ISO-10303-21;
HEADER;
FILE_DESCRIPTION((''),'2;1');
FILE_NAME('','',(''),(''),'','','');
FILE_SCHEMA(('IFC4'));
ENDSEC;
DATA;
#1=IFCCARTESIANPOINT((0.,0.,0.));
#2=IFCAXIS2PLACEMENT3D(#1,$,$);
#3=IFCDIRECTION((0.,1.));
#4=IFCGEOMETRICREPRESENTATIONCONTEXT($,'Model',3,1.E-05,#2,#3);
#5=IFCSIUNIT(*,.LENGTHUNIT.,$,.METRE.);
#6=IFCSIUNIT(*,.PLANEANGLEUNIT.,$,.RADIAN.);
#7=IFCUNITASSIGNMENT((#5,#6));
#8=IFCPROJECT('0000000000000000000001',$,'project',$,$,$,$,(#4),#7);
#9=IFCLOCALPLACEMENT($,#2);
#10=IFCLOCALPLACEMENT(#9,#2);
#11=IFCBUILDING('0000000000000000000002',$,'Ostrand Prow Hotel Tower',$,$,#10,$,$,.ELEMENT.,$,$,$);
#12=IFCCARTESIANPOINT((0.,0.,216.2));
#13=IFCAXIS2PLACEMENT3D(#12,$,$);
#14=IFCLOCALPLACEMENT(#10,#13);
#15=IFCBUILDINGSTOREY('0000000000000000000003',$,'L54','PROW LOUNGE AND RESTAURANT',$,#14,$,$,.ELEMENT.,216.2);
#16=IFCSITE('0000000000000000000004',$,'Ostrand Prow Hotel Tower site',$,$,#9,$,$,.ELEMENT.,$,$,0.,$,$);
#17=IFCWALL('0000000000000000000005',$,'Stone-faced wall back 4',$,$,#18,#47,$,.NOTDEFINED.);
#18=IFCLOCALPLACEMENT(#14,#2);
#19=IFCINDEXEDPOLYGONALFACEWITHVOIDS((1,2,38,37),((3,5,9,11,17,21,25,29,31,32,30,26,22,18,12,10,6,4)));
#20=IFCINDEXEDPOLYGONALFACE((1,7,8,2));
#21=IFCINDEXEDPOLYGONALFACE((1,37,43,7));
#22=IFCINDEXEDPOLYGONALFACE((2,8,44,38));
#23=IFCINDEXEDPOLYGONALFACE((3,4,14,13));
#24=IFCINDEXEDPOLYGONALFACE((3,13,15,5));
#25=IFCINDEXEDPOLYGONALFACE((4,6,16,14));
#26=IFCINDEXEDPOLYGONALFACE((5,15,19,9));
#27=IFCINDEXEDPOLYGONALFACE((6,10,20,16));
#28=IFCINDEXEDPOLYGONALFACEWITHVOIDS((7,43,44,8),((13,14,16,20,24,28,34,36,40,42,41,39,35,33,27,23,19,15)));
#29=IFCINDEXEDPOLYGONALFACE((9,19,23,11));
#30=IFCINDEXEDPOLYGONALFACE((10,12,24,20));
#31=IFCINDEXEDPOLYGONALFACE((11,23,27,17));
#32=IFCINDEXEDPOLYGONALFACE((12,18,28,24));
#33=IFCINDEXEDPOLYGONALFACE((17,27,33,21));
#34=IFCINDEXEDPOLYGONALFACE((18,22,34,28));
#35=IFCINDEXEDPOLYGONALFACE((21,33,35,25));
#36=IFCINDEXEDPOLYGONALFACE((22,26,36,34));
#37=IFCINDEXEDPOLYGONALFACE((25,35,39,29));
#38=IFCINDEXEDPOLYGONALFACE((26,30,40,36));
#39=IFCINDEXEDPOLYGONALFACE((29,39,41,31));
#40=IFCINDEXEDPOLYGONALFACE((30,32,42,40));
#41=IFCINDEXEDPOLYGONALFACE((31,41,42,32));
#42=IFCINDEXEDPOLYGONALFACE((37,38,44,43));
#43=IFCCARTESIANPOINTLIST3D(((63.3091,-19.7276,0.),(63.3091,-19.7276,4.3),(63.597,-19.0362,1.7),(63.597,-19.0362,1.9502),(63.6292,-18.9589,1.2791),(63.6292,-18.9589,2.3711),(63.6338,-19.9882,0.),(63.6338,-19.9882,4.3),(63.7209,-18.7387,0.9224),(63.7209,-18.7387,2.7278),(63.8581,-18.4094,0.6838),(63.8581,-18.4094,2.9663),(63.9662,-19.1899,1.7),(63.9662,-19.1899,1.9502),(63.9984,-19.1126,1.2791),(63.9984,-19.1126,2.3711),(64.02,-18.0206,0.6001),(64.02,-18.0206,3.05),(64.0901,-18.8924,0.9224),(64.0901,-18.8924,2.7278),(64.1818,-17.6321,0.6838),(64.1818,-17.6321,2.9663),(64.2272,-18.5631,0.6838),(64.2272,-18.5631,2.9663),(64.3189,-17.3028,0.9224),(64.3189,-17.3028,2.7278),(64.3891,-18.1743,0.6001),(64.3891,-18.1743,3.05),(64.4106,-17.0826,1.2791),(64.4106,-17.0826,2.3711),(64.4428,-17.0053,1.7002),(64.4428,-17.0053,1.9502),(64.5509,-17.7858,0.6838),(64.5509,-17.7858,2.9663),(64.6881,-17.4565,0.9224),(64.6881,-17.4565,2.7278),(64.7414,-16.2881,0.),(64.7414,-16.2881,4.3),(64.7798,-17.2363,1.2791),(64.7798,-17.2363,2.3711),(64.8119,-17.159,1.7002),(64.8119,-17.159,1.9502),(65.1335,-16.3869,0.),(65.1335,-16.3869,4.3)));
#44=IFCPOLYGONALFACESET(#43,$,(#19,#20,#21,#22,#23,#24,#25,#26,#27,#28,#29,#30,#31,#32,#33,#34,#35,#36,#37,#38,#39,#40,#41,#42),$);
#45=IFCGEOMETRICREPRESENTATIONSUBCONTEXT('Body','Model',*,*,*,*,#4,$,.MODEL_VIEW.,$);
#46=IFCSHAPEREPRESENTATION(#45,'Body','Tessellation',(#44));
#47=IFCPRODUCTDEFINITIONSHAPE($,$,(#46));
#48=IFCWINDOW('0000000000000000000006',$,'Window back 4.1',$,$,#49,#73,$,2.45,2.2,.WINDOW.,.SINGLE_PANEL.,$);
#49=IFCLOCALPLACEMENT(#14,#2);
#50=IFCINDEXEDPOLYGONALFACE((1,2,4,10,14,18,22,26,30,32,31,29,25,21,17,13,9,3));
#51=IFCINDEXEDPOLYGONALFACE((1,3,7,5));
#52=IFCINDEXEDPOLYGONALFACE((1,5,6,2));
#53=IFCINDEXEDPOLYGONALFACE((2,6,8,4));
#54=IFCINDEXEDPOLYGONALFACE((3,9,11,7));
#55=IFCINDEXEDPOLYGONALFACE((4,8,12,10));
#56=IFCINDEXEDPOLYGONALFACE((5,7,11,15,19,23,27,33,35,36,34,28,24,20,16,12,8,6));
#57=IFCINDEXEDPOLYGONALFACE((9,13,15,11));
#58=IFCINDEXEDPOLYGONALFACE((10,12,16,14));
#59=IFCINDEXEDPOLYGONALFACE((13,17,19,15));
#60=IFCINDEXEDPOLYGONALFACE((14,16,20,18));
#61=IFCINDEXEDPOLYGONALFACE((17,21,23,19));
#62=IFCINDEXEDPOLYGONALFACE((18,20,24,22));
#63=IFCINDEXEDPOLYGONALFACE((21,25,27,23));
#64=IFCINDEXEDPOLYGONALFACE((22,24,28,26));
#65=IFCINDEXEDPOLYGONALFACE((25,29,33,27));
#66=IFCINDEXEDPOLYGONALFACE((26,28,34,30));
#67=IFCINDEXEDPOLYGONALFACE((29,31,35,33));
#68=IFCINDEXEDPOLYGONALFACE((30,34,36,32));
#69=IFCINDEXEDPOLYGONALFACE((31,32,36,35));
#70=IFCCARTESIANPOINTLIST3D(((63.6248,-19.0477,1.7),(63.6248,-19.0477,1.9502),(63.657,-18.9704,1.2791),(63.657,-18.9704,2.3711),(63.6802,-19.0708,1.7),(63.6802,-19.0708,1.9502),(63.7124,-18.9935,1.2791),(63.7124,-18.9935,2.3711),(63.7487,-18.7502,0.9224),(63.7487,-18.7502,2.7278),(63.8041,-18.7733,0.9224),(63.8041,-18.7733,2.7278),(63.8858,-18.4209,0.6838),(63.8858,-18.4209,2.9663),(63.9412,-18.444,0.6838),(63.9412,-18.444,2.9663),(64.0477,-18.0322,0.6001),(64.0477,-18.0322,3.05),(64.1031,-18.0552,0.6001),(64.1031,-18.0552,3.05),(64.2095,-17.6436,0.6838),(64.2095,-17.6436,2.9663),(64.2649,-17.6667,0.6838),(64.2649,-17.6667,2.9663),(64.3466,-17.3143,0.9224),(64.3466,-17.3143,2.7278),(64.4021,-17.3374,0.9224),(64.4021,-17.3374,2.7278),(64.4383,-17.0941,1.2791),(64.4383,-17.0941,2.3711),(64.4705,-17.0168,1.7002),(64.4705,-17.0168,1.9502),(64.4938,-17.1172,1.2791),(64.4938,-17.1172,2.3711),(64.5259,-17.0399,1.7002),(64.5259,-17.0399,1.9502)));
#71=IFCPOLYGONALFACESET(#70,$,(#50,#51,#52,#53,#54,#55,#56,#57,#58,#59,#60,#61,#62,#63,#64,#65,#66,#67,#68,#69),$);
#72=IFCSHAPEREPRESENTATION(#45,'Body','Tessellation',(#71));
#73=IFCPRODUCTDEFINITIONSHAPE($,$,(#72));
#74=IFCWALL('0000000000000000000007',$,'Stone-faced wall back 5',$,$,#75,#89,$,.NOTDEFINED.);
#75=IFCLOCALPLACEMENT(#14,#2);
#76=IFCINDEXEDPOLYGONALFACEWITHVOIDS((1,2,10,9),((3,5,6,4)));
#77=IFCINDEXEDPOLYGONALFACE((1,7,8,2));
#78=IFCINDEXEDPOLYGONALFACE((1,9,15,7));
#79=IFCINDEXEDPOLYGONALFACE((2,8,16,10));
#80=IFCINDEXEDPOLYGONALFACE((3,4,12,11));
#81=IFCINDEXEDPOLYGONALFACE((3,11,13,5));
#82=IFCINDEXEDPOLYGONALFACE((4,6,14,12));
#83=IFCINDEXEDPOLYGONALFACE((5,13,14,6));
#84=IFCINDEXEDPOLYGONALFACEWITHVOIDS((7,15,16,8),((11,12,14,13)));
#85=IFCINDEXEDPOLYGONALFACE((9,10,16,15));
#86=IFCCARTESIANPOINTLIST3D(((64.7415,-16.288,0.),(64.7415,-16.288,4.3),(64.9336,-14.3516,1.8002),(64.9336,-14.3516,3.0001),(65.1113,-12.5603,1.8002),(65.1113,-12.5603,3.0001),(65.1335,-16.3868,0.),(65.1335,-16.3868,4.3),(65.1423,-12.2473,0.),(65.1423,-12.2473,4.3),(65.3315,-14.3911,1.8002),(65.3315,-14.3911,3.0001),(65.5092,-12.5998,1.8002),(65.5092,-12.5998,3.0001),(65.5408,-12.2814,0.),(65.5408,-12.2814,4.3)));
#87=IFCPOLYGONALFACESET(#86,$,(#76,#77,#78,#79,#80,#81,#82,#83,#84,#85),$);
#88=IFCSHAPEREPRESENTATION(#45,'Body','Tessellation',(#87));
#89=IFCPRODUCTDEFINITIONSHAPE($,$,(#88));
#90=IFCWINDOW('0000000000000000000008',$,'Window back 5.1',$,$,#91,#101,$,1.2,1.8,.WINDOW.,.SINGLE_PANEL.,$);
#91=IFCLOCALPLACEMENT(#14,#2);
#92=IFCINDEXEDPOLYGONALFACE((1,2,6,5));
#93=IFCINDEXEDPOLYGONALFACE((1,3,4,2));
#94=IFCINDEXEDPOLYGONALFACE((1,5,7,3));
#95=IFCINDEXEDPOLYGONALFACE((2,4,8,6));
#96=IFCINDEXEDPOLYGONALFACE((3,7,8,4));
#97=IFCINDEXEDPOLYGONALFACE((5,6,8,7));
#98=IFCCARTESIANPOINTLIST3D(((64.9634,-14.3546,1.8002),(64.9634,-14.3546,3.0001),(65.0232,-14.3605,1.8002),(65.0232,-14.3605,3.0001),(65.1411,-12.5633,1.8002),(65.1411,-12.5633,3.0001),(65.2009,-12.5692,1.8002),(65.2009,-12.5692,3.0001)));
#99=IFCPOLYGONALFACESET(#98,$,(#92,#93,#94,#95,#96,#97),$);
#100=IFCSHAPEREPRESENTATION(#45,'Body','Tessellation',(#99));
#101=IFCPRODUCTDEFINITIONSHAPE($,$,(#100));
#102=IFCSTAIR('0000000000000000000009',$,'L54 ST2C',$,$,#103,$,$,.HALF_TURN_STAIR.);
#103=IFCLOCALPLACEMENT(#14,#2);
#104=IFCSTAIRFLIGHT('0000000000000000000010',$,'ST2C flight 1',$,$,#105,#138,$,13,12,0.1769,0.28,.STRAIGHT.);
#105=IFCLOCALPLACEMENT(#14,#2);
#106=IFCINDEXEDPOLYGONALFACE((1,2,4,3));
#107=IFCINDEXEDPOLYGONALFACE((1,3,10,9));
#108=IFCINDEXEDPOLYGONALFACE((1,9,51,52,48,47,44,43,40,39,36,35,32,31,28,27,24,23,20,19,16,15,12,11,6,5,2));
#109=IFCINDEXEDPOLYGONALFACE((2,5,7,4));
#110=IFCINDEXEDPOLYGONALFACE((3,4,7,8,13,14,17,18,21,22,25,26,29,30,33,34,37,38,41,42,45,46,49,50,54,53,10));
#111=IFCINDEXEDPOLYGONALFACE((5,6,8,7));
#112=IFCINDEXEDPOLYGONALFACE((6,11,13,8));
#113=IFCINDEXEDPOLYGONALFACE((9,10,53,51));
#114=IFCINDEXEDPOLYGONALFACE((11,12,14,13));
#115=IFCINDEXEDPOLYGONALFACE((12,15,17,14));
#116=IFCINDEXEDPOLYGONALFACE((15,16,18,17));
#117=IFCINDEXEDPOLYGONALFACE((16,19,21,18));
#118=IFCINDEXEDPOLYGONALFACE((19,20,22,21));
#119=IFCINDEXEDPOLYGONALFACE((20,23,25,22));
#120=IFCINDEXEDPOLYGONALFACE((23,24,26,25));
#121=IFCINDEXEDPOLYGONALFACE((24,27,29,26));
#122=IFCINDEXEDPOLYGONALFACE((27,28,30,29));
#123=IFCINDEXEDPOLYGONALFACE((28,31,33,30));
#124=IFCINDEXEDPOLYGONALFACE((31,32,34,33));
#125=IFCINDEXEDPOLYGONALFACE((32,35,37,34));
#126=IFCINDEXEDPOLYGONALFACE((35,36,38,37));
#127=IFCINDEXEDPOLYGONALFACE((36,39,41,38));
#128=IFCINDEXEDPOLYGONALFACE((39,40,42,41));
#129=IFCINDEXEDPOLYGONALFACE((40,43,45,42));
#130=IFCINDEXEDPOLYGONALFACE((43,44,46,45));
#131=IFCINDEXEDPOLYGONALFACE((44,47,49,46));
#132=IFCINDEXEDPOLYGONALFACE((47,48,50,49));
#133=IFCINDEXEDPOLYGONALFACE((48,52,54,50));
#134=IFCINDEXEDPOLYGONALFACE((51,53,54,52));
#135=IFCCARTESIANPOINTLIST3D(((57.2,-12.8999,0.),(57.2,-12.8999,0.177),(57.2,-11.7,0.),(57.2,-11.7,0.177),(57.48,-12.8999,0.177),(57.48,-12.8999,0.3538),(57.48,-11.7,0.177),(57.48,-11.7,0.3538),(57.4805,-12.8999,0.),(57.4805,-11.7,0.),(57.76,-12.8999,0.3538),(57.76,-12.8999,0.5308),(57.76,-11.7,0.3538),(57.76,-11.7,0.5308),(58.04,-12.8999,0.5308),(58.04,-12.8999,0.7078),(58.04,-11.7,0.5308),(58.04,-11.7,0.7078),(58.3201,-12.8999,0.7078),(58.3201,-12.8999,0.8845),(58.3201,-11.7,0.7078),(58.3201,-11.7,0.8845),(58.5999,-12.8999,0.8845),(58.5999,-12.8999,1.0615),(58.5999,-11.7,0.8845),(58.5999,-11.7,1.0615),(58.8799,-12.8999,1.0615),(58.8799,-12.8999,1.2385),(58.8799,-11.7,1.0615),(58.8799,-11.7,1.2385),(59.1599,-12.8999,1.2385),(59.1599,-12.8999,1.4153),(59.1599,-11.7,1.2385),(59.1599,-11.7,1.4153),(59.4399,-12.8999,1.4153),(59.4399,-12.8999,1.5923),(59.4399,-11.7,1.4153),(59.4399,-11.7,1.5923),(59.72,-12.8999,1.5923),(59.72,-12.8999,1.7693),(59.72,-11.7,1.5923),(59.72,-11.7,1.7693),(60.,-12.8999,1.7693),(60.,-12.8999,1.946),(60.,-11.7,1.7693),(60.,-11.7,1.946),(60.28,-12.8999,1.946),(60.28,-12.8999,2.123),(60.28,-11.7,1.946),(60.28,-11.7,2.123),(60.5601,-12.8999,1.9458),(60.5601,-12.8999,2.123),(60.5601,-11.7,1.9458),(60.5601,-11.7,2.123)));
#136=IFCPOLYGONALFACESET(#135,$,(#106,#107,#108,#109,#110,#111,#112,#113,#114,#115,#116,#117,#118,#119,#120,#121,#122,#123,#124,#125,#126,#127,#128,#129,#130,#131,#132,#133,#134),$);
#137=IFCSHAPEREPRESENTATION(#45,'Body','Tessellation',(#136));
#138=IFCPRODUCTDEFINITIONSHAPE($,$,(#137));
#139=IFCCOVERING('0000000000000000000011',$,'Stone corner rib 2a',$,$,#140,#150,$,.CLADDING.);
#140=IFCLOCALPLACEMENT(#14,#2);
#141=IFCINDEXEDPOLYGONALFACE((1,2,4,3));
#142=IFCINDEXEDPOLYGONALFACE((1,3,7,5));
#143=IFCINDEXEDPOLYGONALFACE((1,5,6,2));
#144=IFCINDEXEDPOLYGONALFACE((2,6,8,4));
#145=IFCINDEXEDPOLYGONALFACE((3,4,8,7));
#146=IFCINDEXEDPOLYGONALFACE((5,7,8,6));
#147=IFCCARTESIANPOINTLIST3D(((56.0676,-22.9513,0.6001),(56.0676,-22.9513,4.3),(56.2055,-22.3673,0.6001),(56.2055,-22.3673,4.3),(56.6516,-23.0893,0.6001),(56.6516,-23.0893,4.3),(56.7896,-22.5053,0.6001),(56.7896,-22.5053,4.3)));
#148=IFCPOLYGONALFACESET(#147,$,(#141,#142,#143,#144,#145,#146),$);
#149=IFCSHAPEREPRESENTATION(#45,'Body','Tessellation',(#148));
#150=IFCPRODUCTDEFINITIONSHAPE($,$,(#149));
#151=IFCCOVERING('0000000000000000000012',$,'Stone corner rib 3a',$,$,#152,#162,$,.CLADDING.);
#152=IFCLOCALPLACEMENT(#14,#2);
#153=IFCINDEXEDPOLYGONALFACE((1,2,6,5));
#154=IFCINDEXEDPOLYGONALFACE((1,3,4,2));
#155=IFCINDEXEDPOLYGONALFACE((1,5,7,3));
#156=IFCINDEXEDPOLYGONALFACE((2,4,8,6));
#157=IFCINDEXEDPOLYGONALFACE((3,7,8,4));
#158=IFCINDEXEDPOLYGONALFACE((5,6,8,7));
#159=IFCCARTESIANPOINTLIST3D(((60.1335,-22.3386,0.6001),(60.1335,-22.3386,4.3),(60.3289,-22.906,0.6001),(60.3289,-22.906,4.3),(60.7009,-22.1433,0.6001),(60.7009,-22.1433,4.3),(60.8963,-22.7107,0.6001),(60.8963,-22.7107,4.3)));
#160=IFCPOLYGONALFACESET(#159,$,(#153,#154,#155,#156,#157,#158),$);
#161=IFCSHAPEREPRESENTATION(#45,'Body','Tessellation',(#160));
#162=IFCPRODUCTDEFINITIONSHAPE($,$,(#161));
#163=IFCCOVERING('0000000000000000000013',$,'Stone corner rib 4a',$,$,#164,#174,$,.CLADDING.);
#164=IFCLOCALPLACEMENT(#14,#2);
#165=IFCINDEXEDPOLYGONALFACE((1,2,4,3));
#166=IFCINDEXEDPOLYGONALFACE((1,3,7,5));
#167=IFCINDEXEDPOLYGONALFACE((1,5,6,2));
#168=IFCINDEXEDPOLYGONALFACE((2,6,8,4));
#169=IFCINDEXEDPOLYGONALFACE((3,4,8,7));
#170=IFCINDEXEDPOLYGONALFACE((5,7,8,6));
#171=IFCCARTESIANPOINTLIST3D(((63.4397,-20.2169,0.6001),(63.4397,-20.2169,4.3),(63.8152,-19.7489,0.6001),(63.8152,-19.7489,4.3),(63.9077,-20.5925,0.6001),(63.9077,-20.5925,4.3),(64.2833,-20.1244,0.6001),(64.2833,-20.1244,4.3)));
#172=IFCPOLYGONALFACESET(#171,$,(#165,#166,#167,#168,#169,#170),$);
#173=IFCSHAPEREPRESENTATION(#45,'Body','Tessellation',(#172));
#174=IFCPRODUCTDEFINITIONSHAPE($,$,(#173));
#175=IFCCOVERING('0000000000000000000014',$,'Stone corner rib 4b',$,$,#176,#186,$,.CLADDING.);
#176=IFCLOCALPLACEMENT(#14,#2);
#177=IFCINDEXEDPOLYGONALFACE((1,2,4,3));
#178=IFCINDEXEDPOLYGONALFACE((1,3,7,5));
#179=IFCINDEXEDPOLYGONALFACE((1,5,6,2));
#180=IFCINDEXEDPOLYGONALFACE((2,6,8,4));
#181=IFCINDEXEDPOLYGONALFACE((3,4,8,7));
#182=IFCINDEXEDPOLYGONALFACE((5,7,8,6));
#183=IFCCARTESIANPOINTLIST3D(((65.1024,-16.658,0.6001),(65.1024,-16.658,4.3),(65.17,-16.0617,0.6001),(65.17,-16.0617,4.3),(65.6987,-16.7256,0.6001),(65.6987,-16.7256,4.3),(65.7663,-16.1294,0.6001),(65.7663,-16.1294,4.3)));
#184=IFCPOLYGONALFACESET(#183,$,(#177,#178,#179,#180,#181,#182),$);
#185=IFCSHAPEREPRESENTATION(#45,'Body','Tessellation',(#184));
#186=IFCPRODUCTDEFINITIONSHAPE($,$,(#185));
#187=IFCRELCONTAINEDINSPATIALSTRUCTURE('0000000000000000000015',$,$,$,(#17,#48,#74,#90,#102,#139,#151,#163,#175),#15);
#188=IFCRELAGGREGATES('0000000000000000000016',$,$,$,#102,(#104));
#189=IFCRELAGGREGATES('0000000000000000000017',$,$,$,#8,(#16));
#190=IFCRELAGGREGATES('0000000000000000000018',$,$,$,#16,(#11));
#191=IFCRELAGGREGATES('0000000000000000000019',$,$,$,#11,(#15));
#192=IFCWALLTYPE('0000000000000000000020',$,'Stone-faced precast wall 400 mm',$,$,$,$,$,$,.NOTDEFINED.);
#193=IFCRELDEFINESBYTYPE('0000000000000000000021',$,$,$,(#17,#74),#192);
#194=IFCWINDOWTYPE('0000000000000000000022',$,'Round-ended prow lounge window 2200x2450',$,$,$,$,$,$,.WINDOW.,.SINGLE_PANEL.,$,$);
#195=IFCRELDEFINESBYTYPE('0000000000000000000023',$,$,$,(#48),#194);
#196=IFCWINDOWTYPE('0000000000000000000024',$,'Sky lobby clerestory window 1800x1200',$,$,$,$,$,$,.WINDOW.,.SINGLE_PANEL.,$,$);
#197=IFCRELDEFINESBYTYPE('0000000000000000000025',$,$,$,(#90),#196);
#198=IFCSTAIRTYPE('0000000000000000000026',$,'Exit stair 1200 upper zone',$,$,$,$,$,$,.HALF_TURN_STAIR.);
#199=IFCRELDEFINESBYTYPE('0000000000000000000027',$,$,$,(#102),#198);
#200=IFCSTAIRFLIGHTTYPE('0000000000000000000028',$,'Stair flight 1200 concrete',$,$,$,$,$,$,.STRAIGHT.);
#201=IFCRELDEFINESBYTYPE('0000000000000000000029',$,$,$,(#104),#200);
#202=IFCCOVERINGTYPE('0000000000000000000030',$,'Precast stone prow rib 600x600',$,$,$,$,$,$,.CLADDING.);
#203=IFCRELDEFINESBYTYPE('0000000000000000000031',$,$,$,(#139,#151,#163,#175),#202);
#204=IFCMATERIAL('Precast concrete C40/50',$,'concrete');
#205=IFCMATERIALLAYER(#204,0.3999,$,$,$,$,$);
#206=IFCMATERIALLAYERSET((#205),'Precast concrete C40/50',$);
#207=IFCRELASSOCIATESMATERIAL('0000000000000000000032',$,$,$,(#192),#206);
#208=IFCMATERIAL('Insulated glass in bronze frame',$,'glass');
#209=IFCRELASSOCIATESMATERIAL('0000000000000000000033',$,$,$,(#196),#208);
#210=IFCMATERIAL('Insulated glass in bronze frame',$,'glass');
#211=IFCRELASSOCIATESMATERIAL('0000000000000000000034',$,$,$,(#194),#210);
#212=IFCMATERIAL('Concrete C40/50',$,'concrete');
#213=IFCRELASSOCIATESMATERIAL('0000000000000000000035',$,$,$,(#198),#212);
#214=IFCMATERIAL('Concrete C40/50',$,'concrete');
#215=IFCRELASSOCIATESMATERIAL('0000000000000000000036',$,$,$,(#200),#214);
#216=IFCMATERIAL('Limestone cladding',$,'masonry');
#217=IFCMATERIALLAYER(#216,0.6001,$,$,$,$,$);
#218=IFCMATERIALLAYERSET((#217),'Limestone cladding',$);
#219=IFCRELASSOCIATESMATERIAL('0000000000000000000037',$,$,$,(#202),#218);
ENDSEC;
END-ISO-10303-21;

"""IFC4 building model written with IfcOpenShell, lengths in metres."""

from ifc_helpers import new_model, si_unit, direction, frame, frame_2d, origin, place, context, subcontext, project, spatial, polyline, rectangle, outline, extrude, material, layer, layer_set, type_object, element, fill, aggregate, save


model = new_model("IFC4")

# Units and contexts
model_context = context("Model", 3, precision=1e-05, world=origin(), true_north=direction((0.0, 1.0)))
body_context = subcontext(model_context, "Body", "Model", "MODEL_VIEW")
ifc_project = project(units=[si_unit("LENGTHUNIT", "METRE"), si_unit("PLANEANGLEUNIT", "RADIAN")], contexts=[model_context])

# Site, building, storey
site_placement = place(None, origin())
site = spatial("IfcSite", under=ifc_project, at=site_placement, Name="Ostrand Prow Hotel Tower site", CompositionType="ELEMENT", RefElevation=0.0)
building_placement = place(site_placement, origin())
building = spatial("IfcBuilding", under=site, at=building_placement, Name="Ostrand Prow Hotel Tower", CompositionType="ELEMENT")
storey_placement = place(building_placement, frame((0.0, 0.0, 216.2)))
storey = spatial("IfcBuildingStorey", under=building, at=storey_placement, Name="L54", Description="PROW LOUNGE AND RESTAURANT", CompositionType="ELEMENT", Elevation=216.2)

# Walls, openings, windows
ifc_material_1 = material(Name="Precast concrete C40/50", Category="concrete")
ifc_layer_1 = layer(ifc_material_1, 0.3999)
ifc_layer_set_1 = layer_set([ifc_layer_1], Name="Precast concrete C40/50")
wall_type_1 = type_object("IfcWallType", Name="Stone-faced precast wall 400 mm", PredefinedType="NOTDEFINED", material=ifc_layer_set_1)
ifc_material_2 = material(Name="Insulated glass in bronze frame", Category="glass")
window_type_1 = type_object("IfcWindowType", Name="Sky lobby clerestory window 1800x1200", PartitioningType="SINGLE_PANEL", PredefinedType="WINDOW", material=ifc_material_2)
ifc_material_3 = material(Name="Insulated glass in bronze frame", Category="glass")
window_type_2 = type_object("IfcWindowType", Name="Round-ended prow lounge window 2200x2450", PartitioningType="SINGLE_PANEL", PredefinedType="WINDOW", material=ifc_material_3)
wall_1_placement = place(storey_placement, frame((63.4714, -19.8579, 0.0), z_axis=(0.0, 0.0, 1.0), x_axis=(0.384434, 0.923153, 0.0)))
wall_1 = element("IfcWall", 1, at=wall_1_placement, inside=storey, type_object=wall_type_1, Name="Stone-faced wall back 4", PredefinedType="NOTDEFINED", context=body_context, shape_type="SweptSolid", body=[
    extrude(outline(polyline([(-0.0579, -0.2), (3.8433, -0.2), (3.7837, 0.2), (0.0579, 0.2), (-0.0579, -0.2)])), origin(), (0.0, 0.0, 1.0), 4.3),
])
opening_1_placement = place(wall_1_placement, frame((0.8069, 0.0, 0.6001)))
opening_1 = element("IfcOpeningElement", 2, at=opening_1_placement, cuts=wall_1, PredefinedType="OPENING", context=body_context, shape_type="SweptSolid", body=[
    extrude(outline(polyline([(0.0, 1.3501), (0.0837, 1.771), (0.3223, 2.1277), (0.679, 2.3662), (1.1001, 2.45), (1.521, 2.3662), (1.8777, 2.1277), (2.1162, 1.771), (2.2, 1.3501), (2.2, 1.1001), (2.1162, 0.679), (1.8777, 0.3223), (1.521, 0.0837), (1.1001, 0.0), (0.679, 0.0837), (0.3223, 0.3223), (0.0837, 0.679), (0.0, 1.0999), (0.0, 1.3501)])), frame((0.0, 0.21, 0.0), z_axis=(0.0, -1.0, 0.0), x_axis=(1.0, 0.0, 0.0)), (0.0, 0.0, 1.0), 0.4199),
])
window_1_placement = place(opening_1_placement, origin())
window_1 = element("IfcWindow", 3, at=window_1_placement, inside=storey, type_object=window_type_2, Name="Window back 4.1", OverallHeight=2.45, OverallWidth=2.2, PartitioningType="SINGLE_PANEL", PredefinedType="WINDOW", context=body_context, shape_type="SweptSolid", body=[
    extrude(outline(polyline([(0.0, 1.3501), (0.0837, 1.771), (0.3223, 2.1277), (0.679, 2.3662), (1.1001, 2.45), (1.521, 2.3662), (1.8777, 2.1277), (2.1162, 1.771), (2.2, 1.3501), (2.2, 1.1001), (2.1162, 0.679), (1.8777, 0.3223), (1.521, 0.0837), (1.1001, 0.0), (0.679, 0.0837), (0.3223, 0.3223), (0.0837, 0.679), (0.0, 1.0999), (0.0, 1.3501)])), frame((0.0, 0.1699, 0.0), z_axis=(0.0, -1.0, 0.0), x_axis=(1.0, 0.0, 0.0)), (0.0, 0.0, 1.0), 0.0601),
])
fill(opening_1, window_1)
wall_2_placement = place(storey_placement, frame((64.9375, -16.3374, 0.0), z_axis=(0.0, 0.0, 1.0), x_axis=(0.098718, 0.995115, 0.0)))
wall_2 = element("IfcWall", 4, at=wall_2_placement, inside=storey, type_object=wall_type_1, Name="Stone-faced wall back 5", PredefinedType="NOTDEFINED", context=body_context, shape_type="SweptSolid", body=[
    extrude(outline(polyline([(-0.0298, -0.2), (4.0957, -0.2), (4.0903, 0.2), (0.0298, 0.2), (-0.0298, -0.2)])), origin(), (0.0, 0.0, 1.0), 4.3),
])
opening_2_placement = place(wall_2_placement, frame((1.9758, 0.0, 1.8)))
opening_2 = element("IfcOpeningElement", 5, at=opening_2_placement, cuts=wall_2, PredefinedType="OPENING", context=body_context, shape_type="SweptSolid", body=[
    extrude(rectangle(XDim=1.8, YDim=1.2, at=frame_2d((0.8999, 0.6001))), frame((0.0, 0.21, 0.0), z_axis=(0.0, -1.0, 0.0), x_axis=(1.0, 0.0, 0.0)), (0.0, 0.0, 1.0), 0.4199),
])
window_2_placement = place(opening_2_placement, origin())
window_2 = element("IfcWindow", 6, at=window_2_placement, inside=storey, type_object=window_type_1, Name="Window back 5.1", OverallHeight=1.2, OverallWidth=1.8, PartitioningType="SINGLE_PANEL", PredefinedType="WINDOW", context=body_context, shape_type="SweptSolid", body=[
    extrude(rectangle(XDim=1.8, YDim=1.2, at=frame_2d((0.8999, 0.6001))), frame((0.0, 0.1699, 0.0), z_axis=(0.0, -1.0, 0.0), x_axis=(1.0, 0.0, 0.0)), (0.0, 0.0, 1.0), 0.0601),
])
fill(opening_2, window_2)

# Stair, stair flight
ifc_material_4 = material(Name="Concrete C40/50", Category="concrete")
stair_type = type_object("IfcStairType", Name="Exit stair 1200 upper zone", PredefinedType="HALF_TURN_STAIR", material=ifc_material_4)
stair_placement = place(storey_placement, origin())
stair = element("IfcStair", 7, at=stair_placement, inside=storey, type_object=stair_type, Name="L54 ST2C", PredefinedType="HALF_TURN_STAIR")
ifc_material_5 = material(Name="Concrete C40/50", Category="concrete")
stair_flight_type = type_object("IfcStairFlightType", Name="Stair flight 1200 concrete", PredefinedType="STRAIGHT", material=ifc_material_5)
stair_flight_placement = place(storey_placement, frame((57.2, -12.3, 0.0), z_axis=(0.0, 0.0, 1.0), x_axis=(1.0, 0.0, 0.0)))
stair_flight = element("IfcStairFlight", 8, at=stair_flight_placement, type_object=stair_flight_type, Name="ST2C flight 1", NumberOfRisers=13, NumberOfTreads=12, PredefinedType="STRAIGHT", RiserHeight=0.1769, TreadLength=0.28, context=body_context, shape_type="SweptSolid", body=[
    extrude(outline(polyline([(0.0, 0.0), (0.0, 0.177), (0.28, 0.177), (0.28, 0.3538), (0.5601, 0.3538), (0.5601, 0.5308), (0.8401, 0.5308), (0.8401, 0.7078), (1.1201, 0.7078), (1.1201, 0.8845), (1.3999, 0.8845), (1.3999, 1.0615), (1.6799, 1.0615), (1.6799, 1.2385), (1.96, 1.2385), (1.96, 1.4153), (2.24, 1.4153), (2.24, 1.5923), (2.52, 1.5923), (2.52, 1.7693), (2.8, 1.7693), (2.8, 1.946), (3.0801, 1.946), (3.0801, 2.123), (3.3601, 2.123), (3.3601, 2.3), (3.3601, 1.9458), (0.2805, 0.0), (0.0, 0.0)])), frame((0.0, 0.6001, 0.0), z_axis=(0.0, -1.0, 0.0), x_axis=(1.0, 0.0, 0.0)), (0.0, 0.0, 1.0), 1.2),
])
aggregate(stair, [stair_flight])

# Coverings
ifc_material_6 = material(Name="Limestone cladding", Category="masonry")
ifc_layer_2 = layer(ifc_material_6, 0.6001)
ifc_layer_set_2 = layer_set([ifc_layer_2], Name="Limestone cladding")
covering_type = type_object("IfcCoveringType", Name="Precast stone prow rib 600x600", PredefinedType="CLADDING", material=ifc_layer_set_2)
for number, where, z_axis, x_axis, name in (
    (9, (56.4976, -22.4363, 0.6001), (0.0, 0.0, 1.0), (-0.229878, -0.973219, 0.0), "Stone corner rib 2a"),
    (10, (60.4172, -22.241, 0.6001), (0.0, 0.0, 1.0), (0.325489, -0.945546, 0.0), "Stone corner rib 3a"),
    (11, (63.6274, -19.9829, 0.6001), (0.0, 0.0, 1.0), (0.779995, -0.625786, 0.0), "Stone corner rib 4a"),
    (12, (65.1362, -16.3599, 0.6001), (0.0, 0.0, 1.0), (0.993628, -0.112709, 0.0), "Stone corner rib 4b"),
):
    element("IfcCovering", number, at=place(storey_placement, frame(where, z_axis=z_axis, x_axis=x_axis)), inside=storey, type_object=covering_type, Name=name, PredefinedType="CLADDING", context=body_context, shape_type="SweptSolid", body=[
        extrude(rectangle(XDim=0.6001, YDim=0.6001, at=frame_2d((0.3, 0.0))), origin(), (0.0, 0.0, 1.0), 3.7),
    ])

save(model, "model.ifc")
